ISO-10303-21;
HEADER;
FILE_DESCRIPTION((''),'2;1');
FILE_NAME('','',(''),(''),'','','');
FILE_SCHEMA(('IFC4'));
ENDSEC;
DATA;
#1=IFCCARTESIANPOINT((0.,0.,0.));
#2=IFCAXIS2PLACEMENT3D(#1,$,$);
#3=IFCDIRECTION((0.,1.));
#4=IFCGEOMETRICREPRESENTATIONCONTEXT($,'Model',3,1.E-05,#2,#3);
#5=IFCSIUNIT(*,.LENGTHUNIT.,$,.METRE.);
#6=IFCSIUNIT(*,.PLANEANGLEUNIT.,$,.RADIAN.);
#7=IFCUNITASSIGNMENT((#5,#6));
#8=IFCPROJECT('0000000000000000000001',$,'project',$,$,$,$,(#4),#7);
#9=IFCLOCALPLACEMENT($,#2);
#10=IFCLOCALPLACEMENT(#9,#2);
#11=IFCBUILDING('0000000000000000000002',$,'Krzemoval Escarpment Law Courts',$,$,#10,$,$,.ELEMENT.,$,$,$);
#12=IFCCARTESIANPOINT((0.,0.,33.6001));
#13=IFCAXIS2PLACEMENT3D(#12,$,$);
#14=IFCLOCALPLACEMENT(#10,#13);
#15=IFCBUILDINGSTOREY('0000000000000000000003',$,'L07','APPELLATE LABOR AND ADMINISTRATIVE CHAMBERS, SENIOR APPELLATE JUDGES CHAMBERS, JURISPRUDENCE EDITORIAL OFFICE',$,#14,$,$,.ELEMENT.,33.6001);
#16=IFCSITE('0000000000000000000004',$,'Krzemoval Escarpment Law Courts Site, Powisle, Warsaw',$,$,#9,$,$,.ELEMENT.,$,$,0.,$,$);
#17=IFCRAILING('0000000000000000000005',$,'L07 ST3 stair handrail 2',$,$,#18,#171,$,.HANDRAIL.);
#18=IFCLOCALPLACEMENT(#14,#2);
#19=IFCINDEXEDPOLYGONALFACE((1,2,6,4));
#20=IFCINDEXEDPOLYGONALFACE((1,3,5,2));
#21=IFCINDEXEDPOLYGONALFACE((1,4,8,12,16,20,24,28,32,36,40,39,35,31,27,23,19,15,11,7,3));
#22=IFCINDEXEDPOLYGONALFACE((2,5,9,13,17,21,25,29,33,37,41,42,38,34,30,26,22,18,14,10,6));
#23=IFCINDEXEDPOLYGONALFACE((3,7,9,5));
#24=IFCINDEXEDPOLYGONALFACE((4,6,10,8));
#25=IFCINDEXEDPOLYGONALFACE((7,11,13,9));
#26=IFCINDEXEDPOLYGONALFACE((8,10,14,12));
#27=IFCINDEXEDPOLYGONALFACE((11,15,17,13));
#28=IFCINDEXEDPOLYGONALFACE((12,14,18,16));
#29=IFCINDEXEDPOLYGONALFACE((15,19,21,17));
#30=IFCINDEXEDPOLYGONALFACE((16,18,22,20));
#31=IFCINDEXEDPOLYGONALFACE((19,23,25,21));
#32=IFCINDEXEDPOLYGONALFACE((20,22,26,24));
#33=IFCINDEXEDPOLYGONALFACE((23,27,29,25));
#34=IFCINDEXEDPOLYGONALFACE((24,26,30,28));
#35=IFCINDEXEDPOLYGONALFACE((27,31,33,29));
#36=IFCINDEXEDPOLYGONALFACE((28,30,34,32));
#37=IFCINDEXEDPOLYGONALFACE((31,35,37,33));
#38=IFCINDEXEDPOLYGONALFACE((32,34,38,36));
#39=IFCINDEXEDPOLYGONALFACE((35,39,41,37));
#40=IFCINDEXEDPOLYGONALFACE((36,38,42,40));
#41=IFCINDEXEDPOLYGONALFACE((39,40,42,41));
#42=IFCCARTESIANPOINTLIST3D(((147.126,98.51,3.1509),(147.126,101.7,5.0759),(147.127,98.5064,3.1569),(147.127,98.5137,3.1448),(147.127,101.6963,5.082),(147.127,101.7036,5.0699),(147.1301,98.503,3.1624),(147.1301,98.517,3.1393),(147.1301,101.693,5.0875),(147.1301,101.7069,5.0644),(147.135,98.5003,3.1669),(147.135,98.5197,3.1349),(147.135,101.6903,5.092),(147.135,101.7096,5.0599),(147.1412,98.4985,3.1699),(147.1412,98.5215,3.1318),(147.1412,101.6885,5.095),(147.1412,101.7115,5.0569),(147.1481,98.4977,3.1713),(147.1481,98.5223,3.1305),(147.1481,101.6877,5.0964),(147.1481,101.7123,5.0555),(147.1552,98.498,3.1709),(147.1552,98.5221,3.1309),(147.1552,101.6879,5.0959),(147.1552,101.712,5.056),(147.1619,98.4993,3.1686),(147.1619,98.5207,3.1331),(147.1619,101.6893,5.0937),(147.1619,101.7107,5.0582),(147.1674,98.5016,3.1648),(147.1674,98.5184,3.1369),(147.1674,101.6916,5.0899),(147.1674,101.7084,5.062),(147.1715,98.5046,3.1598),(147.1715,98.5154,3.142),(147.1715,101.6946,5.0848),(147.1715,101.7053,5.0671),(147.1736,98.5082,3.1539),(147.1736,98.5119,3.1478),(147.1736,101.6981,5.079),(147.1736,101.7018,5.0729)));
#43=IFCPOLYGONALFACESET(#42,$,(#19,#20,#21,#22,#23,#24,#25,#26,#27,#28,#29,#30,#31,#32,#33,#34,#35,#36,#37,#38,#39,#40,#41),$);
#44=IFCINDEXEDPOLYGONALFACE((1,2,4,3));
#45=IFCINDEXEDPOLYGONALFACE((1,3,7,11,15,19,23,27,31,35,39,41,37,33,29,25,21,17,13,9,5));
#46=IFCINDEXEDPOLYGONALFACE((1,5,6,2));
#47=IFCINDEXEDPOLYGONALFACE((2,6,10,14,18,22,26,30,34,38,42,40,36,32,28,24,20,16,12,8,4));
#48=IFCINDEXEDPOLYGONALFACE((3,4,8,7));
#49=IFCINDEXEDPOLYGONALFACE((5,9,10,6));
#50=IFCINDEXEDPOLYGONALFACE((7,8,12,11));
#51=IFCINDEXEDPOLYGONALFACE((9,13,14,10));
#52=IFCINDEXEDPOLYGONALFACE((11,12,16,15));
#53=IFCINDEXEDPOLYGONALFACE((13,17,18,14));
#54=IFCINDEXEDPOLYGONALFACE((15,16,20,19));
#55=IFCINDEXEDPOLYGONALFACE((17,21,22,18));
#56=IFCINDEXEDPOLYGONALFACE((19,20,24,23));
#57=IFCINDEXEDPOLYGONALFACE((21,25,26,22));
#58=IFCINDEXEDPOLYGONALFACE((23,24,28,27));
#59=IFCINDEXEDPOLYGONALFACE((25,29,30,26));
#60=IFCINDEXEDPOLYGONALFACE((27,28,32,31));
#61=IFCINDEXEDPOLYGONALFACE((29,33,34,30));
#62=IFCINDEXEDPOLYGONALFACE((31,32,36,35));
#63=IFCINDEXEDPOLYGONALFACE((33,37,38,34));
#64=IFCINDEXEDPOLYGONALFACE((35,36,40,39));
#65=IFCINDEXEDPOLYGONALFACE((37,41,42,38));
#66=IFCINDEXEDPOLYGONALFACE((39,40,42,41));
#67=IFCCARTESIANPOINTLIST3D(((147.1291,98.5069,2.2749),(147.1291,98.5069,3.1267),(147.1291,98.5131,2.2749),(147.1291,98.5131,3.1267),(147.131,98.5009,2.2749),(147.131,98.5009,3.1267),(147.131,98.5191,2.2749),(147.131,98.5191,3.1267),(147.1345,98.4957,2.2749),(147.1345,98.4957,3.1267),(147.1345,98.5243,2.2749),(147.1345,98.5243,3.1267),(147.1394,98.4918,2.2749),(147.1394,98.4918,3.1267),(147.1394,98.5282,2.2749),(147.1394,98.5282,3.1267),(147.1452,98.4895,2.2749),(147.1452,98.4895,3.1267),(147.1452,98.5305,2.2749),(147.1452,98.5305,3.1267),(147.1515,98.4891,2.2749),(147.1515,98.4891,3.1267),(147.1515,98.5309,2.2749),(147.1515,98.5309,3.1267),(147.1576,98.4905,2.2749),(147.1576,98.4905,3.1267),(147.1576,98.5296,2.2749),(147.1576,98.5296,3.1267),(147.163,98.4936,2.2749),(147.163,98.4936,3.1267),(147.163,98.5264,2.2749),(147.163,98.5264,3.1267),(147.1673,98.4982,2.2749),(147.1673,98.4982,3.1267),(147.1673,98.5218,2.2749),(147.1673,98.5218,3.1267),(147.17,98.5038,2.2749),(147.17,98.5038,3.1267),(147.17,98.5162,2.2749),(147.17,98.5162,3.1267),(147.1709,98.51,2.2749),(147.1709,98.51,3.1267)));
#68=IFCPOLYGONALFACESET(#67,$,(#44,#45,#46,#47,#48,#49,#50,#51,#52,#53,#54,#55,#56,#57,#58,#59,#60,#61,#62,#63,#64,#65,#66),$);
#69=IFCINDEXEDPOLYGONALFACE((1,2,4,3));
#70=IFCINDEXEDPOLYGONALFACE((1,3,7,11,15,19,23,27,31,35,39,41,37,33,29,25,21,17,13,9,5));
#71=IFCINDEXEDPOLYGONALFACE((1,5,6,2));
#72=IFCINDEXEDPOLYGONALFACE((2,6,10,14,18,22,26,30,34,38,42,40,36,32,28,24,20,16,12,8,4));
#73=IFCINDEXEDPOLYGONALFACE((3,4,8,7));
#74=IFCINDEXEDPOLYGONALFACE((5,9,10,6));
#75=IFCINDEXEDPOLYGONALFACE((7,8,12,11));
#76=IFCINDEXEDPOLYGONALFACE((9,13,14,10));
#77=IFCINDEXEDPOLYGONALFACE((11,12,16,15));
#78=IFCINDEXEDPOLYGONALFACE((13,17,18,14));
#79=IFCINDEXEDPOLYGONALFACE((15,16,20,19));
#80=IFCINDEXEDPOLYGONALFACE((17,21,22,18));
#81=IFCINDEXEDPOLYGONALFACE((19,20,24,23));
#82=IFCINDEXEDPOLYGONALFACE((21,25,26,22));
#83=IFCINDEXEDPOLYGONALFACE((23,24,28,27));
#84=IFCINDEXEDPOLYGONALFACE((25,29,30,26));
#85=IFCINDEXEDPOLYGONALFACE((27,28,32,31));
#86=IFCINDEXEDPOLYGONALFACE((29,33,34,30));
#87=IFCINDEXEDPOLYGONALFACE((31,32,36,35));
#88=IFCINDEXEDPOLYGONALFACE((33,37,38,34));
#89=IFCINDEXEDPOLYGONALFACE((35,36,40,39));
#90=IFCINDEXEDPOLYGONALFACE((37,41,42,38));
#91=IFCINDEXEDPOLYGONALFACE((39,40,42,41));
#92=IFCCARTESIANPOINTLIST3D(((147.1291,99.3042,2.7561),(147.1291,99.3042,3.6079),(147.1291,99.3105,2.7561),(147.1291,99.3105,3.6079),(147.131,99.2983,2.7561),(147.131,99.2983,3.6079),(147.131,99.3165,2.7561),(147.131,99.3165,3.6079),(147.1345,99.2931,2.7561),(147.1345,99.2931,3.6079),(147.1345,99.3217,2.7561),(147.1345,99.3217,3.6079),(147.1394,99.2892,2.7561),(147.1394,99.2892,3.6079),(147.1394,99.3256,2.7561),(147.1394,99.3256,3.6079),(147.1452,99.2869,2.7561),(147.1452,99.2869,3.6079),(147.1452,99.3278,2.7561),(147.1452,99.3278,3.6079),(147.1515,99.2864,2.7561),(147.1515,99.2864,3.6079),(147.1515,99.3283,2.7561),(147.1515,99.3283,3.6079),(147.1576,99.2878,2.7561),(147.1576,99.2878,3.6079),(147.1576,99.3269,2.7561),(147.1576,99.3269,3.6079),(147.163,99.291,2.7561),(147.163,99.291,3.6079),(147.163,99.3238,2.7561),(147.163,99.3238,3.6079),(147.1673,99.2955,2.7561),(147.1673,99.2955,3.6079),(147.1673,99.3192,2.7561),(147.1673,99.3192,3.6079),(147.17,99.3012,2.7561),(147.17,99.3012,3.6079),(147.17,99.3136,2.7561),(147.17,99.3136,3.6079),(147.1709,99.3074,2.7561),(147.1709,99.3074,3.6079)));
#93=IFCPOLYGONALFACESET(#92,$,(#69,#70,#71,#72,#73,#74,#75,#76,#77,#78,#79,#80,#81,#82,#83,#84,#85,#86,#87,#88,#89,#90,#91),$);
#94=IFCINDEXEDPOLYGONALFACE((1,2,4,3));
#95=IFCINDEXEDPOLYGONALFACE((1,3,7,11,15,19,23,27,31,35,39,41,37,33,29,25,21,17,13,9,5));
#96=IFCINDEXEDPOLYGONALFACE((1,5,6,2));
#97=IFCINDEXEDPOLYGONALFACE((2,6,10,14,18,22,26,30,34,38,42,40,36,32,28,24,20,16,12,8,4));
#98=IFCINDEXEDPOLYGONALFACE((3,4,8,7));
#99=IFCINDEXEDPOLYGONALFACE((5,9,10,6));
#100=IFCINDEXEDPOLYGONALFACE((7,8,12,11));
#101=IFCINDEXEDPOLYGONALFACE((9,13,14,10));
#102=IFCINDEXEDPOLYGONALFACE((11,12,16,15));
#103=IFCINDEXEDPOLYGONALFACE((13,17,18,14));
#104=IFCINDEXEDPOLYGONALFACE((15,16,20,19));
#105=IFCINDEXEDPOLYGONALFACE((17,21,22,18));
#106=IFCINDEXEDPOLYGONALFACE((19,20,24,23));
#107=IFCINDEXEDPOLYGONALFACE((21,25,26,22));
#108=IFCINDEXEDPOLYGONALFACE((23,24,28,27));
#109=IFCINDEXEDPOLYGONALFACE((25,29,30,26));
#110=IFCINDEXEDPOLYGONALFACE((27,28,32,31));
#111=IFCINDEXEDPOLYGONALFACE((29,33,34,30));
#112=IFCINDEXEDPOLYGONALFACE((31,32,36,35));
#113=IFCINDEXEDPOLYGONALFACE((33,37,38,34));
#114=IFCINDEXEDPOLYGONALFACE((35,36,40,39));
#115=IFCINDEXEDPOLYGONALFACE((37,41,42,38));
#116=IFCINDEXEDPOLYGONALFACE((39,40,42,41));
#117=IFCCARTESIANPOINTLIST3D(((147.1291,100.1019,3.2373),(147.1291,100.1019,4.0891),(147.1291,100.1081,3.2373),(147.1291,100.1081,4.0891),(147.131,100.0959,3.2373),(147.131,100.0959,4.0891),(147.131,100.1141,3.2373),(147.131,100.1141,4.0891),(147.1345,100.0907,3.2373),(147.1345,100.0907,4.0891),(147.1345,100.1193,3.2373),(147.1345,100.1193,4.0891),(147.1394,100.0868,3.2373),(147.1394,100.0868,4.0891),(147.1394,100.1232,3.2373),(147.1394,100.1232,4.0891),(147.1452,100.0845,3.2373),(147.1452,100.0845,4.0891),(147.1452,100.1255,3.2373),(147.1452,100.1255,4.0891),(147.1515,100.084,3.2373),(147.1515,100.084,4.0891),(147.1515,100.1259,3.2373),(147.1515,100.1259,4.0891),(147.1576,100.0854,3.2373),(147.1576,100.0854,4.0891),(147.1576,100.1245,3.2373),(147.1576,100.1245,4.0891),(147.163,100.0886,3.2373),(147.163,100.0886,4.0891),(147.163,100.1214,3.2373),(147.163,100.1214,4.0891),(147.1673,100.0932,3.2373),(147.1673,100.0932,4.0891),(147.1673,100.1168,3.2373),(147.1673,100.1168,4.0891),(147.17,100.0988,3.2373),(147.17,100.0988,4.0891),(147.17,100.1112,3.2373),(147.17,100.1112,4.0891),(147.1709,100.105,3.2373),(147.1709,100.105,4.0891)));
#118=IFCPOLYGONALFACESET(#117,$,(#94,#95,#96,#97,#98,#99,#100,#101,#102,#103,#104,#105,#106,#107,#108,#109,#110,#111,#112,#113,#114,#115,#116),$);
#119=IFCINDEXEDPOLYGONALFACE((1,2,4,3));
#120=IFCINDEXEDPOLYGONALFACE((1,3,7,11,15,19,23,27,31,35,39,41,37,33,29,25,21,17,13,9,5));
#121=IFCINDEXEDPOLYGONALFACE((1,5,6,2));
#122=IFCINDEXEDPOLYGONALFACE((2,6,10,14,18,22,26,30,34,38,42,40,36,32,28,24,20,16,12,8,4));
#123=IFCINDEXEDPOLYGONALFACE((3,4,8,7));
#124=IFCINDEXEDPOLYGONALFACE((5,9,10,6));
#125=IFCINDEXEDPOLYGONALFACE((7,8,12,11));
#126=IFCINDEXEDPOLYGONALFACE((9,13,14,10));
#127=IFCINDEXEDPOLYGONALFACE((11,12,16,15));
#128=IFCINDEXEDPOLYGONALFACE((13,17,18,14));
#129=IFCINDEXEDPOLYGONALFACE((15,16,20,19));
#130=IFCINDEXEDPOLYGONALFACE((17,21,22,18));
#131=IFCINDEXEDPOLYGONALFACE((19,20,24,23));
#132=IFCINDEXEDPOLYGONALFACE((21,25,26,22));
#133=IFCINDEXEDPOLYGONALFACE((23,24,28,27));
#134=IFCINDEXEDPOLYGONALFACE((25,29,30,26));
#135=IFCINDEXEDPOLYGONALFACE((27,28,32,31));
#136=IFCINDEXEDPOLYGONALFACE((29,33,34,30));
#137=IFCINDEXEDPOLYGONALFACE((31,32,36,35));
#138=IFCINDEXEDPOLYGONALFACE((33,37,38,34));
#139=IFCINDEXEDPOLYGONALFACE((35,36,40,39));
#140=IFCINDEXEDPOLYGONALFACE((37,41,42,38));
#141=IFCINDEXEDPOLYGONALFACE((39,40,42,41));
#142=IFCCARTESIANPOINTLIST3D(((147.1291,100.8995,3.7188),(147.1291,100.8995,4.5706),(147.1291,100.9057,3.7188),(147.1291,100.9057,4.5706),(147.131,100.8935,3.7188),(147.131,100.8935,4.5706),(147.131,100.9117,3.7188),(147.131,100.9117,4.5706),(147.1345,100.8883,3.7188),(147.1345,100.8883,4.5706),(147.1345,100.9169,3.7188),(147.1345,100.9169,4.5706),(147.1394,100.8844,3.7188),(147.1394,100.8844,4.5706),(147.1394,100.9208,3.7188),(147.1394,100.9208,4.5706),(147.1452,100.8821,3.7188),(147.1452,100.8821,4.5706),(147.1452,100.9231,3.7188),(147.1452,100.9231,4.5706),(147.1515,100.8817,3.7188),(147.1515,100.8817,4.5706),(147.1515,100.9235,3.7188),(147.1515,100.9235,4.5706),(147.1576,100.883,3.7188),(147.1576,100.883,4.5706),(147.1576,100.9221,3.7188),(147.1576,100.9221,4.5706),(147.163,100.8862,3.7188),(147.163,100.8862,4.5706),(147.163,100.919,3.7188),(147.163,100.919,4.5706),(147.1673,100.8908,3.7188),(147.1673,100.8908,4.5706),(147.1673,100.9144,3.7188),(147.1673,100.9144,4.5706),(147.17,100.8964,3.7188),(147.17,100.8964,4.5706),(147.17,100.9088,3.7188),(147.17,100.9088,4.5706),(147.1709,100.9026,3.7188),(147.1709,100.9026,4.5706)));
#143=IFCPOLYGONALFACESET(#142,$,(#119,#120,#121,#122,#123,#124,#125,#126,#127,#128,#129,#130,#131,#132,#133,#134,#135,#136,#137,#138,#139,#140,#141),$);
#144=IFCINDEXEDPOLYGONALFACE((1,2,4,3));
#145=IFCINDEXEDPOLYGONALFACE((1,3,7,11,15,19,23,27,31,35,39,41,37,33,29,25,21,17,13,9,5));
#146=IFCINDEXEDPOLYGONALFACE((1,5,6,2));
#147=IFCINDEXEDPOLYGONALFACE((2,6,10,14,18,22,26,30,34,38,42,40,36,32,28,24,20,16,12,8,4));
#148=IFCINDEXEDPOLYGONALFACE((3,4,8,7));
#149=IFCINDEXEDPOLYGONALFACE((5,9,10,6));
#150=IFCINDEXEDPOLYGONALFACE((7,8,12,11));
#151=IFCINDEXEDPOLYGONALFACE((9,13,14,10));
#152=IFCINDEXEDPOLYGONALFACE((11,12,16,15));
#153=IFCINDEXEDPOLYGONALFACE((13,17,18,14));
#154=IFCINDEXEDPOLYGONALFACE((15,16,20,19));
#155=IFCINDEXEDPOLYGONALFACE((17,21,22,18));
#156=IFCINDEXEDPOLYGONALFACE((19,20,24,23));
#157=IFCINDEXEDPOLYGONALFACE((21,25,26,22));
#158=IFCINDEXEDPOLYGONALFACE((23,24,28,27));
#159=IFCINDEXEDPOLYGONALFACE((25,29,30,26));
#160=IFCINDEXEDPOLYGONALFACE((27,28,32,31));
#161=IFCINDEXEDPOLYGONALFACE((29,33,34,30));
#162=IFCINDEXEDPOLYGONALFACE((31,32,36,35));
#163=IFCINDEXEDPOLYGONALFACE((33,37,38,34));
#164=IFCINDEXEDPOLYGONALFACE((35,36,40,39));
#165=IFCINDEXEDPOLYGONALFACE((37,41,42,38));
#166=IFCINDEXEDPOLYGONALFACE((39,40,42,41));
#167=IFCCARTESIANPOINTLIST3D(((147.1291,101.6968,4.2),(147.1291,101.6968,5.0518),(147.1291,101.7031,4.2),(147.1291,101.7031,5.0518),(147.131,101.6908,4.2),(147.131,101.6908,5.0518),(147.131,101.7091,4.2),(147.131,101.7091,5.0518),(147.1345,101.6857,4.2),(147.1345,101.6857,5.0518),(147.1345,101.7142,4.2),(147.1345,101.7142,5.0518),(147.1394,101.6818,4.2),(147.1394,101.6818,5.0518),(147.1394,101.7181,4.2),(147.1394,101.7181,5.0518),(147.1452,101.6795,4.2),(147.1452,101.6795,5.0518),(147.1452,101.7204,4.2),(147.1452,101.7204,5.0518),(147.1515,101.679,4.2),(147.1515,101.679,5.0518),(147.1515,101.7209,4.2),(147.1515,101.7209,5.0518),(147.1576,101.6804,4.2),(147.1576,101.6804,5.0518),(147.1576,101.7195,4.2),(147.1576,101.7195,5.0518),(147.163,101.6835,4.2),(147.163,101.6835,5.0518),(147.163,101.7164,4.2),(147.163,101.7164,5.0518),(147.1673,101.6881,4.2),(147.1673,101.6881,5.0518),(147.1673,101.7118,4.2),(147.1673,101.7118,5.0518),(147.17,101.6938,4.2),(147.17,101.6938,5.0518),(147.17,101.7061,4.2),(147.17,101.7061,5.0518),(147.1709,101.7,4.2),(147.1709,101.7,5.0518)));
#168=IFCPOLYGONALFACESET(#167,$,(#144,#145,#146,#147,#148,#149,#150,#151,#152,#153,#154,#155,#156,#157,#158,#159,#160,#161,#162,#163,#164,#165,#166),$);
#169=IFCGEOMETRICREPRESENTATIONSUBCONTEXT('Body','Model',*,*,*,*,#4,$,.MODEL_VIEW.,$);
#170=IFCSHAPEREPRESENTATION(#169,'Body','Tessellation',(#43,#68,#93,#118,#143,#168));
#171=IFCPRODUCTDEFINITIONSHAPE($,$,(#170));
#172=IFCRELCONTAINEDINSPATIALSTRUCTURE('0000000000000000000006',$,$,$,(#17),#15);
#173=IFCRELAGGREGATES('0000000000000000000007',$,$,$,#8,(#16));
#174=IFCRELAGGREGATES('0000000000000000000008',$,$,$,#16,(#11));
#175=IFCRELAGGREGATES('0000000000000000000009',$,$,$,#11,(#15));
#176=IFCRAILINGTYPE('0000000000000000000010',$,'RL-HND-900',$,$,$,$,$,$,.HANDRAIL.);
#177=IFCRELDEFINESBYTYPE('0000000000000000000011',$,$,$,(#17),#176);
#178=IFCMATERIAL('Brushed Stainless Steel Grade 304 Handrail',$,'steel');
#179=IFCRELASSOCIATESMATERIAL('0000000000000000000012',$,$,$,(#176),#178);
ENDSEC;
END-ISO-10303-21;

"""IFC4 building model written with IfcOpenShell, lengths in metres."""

from ifc_helpers import new_model, si_unit, direction, frame, origin, origin_2d, place, context, subcontext, project, spatial, circle, extrude, material, type_object, element, save


model = new_model("IFC4")

# Units and contexts
model_context = context("Model", 3, precision=1e-05, world=origin(), true_north=direction((0.0, 1.0)))
body_context = subcontext(model_context, "Body", "Model", "MODEL_VIEW")
ifc_project = project(units=[si_unit("LENGTHUNIT", "METRE"), si_unit("PLANEANGLEUNIT", "RADIAN")], contexts=[model_context])

# Site, building, storey
site_placement = place(None, origin())
site = spatial("IfcSite", under=ifc_project, at=site_placement, Name="Krzemoval Escarpment Law Courts Site, Powisle, Warsaw", CompositionType="ELEMENT", RefElevation=0.0)
building_placement = place(site_placement, origin())
building = spatial("IfcBuilding", under=site, at=building_placement, Name="Krzemoval Escarpment Law Courts", CompositionType="ELEMENT")
storey_placement = place(building_placement, frame((0.0, 0.0, 33.6001)))
storey = spatial("IfcBuildingStorey", under=building, at=storey_placement, Name="L07", Description="APPELLATE LABOR AND ADMINISTRATIVE CHAMBERS, SENIOR APPELLATE JUDGES CHAMBERS, JURISPRUDENCE EDITORIAL OFFICE", CompositionType="ELEMENT", Elevation=33.6001)

# Railing
ifc_material_1 = material(Name="Brushed Stainless Steel Grade 304 Handrail", Category="steel")
railing_type_1 = type_object("IfcRailingType", Name="RL-HND-900", PredefinedType="HANDRAIL", material=ifc_material_1)
railing_1_placement = place(storey_placement, frame((147.1499, 98.51, 2.2749)))
element("IfcRailing", 1, at=railing_1_placement, inside=storey, type_object=railing_type_1, Name="L07 ST3 stair handrail 2", PredefinedType="HANDRAIL", context=body_context, shape_type="SweptSolid", body=[
    extrude(circle(Radius=0.0239, at=origin_2d()), frame((0.0, 0.0, 0.876), z_axis=(0.0, 0.856178, 0.516682), x_axis=(-1.0, 0.0, 0.0)), (0.0, 0.0, 1.0), 3.7258),
    extrude(circle(Radius=0.021, at=origin_2d()), origin(), (0.0, 0.0, 1.0), 0.8518),
    extrude(circle(Radius=0.021, at=origin_2d()), frame((0.0, 0.7974, 0.4812)), (0.0, 0.0, 1.0), 0.8518),
    extrude(circle(Radius=0.021, at=origin_2d()), frame((0.0, 1.595, 0.9624)), (0.0, 0.0, 1.0), 0.8518),
    extrude(circle(Radius=0.021, at=origin_2d()), frame((0.0, 2.3926, 1.4438)), (0.0, 0.0, 1.0), 0.8518),
    extrude(circle(Radius=0.021, at=origin_2d()), frame((0.0, 3.1899, 1.925)), (0.0, 0.0, 1.0), 0.8518),
])

save(model, "model.ifc")
